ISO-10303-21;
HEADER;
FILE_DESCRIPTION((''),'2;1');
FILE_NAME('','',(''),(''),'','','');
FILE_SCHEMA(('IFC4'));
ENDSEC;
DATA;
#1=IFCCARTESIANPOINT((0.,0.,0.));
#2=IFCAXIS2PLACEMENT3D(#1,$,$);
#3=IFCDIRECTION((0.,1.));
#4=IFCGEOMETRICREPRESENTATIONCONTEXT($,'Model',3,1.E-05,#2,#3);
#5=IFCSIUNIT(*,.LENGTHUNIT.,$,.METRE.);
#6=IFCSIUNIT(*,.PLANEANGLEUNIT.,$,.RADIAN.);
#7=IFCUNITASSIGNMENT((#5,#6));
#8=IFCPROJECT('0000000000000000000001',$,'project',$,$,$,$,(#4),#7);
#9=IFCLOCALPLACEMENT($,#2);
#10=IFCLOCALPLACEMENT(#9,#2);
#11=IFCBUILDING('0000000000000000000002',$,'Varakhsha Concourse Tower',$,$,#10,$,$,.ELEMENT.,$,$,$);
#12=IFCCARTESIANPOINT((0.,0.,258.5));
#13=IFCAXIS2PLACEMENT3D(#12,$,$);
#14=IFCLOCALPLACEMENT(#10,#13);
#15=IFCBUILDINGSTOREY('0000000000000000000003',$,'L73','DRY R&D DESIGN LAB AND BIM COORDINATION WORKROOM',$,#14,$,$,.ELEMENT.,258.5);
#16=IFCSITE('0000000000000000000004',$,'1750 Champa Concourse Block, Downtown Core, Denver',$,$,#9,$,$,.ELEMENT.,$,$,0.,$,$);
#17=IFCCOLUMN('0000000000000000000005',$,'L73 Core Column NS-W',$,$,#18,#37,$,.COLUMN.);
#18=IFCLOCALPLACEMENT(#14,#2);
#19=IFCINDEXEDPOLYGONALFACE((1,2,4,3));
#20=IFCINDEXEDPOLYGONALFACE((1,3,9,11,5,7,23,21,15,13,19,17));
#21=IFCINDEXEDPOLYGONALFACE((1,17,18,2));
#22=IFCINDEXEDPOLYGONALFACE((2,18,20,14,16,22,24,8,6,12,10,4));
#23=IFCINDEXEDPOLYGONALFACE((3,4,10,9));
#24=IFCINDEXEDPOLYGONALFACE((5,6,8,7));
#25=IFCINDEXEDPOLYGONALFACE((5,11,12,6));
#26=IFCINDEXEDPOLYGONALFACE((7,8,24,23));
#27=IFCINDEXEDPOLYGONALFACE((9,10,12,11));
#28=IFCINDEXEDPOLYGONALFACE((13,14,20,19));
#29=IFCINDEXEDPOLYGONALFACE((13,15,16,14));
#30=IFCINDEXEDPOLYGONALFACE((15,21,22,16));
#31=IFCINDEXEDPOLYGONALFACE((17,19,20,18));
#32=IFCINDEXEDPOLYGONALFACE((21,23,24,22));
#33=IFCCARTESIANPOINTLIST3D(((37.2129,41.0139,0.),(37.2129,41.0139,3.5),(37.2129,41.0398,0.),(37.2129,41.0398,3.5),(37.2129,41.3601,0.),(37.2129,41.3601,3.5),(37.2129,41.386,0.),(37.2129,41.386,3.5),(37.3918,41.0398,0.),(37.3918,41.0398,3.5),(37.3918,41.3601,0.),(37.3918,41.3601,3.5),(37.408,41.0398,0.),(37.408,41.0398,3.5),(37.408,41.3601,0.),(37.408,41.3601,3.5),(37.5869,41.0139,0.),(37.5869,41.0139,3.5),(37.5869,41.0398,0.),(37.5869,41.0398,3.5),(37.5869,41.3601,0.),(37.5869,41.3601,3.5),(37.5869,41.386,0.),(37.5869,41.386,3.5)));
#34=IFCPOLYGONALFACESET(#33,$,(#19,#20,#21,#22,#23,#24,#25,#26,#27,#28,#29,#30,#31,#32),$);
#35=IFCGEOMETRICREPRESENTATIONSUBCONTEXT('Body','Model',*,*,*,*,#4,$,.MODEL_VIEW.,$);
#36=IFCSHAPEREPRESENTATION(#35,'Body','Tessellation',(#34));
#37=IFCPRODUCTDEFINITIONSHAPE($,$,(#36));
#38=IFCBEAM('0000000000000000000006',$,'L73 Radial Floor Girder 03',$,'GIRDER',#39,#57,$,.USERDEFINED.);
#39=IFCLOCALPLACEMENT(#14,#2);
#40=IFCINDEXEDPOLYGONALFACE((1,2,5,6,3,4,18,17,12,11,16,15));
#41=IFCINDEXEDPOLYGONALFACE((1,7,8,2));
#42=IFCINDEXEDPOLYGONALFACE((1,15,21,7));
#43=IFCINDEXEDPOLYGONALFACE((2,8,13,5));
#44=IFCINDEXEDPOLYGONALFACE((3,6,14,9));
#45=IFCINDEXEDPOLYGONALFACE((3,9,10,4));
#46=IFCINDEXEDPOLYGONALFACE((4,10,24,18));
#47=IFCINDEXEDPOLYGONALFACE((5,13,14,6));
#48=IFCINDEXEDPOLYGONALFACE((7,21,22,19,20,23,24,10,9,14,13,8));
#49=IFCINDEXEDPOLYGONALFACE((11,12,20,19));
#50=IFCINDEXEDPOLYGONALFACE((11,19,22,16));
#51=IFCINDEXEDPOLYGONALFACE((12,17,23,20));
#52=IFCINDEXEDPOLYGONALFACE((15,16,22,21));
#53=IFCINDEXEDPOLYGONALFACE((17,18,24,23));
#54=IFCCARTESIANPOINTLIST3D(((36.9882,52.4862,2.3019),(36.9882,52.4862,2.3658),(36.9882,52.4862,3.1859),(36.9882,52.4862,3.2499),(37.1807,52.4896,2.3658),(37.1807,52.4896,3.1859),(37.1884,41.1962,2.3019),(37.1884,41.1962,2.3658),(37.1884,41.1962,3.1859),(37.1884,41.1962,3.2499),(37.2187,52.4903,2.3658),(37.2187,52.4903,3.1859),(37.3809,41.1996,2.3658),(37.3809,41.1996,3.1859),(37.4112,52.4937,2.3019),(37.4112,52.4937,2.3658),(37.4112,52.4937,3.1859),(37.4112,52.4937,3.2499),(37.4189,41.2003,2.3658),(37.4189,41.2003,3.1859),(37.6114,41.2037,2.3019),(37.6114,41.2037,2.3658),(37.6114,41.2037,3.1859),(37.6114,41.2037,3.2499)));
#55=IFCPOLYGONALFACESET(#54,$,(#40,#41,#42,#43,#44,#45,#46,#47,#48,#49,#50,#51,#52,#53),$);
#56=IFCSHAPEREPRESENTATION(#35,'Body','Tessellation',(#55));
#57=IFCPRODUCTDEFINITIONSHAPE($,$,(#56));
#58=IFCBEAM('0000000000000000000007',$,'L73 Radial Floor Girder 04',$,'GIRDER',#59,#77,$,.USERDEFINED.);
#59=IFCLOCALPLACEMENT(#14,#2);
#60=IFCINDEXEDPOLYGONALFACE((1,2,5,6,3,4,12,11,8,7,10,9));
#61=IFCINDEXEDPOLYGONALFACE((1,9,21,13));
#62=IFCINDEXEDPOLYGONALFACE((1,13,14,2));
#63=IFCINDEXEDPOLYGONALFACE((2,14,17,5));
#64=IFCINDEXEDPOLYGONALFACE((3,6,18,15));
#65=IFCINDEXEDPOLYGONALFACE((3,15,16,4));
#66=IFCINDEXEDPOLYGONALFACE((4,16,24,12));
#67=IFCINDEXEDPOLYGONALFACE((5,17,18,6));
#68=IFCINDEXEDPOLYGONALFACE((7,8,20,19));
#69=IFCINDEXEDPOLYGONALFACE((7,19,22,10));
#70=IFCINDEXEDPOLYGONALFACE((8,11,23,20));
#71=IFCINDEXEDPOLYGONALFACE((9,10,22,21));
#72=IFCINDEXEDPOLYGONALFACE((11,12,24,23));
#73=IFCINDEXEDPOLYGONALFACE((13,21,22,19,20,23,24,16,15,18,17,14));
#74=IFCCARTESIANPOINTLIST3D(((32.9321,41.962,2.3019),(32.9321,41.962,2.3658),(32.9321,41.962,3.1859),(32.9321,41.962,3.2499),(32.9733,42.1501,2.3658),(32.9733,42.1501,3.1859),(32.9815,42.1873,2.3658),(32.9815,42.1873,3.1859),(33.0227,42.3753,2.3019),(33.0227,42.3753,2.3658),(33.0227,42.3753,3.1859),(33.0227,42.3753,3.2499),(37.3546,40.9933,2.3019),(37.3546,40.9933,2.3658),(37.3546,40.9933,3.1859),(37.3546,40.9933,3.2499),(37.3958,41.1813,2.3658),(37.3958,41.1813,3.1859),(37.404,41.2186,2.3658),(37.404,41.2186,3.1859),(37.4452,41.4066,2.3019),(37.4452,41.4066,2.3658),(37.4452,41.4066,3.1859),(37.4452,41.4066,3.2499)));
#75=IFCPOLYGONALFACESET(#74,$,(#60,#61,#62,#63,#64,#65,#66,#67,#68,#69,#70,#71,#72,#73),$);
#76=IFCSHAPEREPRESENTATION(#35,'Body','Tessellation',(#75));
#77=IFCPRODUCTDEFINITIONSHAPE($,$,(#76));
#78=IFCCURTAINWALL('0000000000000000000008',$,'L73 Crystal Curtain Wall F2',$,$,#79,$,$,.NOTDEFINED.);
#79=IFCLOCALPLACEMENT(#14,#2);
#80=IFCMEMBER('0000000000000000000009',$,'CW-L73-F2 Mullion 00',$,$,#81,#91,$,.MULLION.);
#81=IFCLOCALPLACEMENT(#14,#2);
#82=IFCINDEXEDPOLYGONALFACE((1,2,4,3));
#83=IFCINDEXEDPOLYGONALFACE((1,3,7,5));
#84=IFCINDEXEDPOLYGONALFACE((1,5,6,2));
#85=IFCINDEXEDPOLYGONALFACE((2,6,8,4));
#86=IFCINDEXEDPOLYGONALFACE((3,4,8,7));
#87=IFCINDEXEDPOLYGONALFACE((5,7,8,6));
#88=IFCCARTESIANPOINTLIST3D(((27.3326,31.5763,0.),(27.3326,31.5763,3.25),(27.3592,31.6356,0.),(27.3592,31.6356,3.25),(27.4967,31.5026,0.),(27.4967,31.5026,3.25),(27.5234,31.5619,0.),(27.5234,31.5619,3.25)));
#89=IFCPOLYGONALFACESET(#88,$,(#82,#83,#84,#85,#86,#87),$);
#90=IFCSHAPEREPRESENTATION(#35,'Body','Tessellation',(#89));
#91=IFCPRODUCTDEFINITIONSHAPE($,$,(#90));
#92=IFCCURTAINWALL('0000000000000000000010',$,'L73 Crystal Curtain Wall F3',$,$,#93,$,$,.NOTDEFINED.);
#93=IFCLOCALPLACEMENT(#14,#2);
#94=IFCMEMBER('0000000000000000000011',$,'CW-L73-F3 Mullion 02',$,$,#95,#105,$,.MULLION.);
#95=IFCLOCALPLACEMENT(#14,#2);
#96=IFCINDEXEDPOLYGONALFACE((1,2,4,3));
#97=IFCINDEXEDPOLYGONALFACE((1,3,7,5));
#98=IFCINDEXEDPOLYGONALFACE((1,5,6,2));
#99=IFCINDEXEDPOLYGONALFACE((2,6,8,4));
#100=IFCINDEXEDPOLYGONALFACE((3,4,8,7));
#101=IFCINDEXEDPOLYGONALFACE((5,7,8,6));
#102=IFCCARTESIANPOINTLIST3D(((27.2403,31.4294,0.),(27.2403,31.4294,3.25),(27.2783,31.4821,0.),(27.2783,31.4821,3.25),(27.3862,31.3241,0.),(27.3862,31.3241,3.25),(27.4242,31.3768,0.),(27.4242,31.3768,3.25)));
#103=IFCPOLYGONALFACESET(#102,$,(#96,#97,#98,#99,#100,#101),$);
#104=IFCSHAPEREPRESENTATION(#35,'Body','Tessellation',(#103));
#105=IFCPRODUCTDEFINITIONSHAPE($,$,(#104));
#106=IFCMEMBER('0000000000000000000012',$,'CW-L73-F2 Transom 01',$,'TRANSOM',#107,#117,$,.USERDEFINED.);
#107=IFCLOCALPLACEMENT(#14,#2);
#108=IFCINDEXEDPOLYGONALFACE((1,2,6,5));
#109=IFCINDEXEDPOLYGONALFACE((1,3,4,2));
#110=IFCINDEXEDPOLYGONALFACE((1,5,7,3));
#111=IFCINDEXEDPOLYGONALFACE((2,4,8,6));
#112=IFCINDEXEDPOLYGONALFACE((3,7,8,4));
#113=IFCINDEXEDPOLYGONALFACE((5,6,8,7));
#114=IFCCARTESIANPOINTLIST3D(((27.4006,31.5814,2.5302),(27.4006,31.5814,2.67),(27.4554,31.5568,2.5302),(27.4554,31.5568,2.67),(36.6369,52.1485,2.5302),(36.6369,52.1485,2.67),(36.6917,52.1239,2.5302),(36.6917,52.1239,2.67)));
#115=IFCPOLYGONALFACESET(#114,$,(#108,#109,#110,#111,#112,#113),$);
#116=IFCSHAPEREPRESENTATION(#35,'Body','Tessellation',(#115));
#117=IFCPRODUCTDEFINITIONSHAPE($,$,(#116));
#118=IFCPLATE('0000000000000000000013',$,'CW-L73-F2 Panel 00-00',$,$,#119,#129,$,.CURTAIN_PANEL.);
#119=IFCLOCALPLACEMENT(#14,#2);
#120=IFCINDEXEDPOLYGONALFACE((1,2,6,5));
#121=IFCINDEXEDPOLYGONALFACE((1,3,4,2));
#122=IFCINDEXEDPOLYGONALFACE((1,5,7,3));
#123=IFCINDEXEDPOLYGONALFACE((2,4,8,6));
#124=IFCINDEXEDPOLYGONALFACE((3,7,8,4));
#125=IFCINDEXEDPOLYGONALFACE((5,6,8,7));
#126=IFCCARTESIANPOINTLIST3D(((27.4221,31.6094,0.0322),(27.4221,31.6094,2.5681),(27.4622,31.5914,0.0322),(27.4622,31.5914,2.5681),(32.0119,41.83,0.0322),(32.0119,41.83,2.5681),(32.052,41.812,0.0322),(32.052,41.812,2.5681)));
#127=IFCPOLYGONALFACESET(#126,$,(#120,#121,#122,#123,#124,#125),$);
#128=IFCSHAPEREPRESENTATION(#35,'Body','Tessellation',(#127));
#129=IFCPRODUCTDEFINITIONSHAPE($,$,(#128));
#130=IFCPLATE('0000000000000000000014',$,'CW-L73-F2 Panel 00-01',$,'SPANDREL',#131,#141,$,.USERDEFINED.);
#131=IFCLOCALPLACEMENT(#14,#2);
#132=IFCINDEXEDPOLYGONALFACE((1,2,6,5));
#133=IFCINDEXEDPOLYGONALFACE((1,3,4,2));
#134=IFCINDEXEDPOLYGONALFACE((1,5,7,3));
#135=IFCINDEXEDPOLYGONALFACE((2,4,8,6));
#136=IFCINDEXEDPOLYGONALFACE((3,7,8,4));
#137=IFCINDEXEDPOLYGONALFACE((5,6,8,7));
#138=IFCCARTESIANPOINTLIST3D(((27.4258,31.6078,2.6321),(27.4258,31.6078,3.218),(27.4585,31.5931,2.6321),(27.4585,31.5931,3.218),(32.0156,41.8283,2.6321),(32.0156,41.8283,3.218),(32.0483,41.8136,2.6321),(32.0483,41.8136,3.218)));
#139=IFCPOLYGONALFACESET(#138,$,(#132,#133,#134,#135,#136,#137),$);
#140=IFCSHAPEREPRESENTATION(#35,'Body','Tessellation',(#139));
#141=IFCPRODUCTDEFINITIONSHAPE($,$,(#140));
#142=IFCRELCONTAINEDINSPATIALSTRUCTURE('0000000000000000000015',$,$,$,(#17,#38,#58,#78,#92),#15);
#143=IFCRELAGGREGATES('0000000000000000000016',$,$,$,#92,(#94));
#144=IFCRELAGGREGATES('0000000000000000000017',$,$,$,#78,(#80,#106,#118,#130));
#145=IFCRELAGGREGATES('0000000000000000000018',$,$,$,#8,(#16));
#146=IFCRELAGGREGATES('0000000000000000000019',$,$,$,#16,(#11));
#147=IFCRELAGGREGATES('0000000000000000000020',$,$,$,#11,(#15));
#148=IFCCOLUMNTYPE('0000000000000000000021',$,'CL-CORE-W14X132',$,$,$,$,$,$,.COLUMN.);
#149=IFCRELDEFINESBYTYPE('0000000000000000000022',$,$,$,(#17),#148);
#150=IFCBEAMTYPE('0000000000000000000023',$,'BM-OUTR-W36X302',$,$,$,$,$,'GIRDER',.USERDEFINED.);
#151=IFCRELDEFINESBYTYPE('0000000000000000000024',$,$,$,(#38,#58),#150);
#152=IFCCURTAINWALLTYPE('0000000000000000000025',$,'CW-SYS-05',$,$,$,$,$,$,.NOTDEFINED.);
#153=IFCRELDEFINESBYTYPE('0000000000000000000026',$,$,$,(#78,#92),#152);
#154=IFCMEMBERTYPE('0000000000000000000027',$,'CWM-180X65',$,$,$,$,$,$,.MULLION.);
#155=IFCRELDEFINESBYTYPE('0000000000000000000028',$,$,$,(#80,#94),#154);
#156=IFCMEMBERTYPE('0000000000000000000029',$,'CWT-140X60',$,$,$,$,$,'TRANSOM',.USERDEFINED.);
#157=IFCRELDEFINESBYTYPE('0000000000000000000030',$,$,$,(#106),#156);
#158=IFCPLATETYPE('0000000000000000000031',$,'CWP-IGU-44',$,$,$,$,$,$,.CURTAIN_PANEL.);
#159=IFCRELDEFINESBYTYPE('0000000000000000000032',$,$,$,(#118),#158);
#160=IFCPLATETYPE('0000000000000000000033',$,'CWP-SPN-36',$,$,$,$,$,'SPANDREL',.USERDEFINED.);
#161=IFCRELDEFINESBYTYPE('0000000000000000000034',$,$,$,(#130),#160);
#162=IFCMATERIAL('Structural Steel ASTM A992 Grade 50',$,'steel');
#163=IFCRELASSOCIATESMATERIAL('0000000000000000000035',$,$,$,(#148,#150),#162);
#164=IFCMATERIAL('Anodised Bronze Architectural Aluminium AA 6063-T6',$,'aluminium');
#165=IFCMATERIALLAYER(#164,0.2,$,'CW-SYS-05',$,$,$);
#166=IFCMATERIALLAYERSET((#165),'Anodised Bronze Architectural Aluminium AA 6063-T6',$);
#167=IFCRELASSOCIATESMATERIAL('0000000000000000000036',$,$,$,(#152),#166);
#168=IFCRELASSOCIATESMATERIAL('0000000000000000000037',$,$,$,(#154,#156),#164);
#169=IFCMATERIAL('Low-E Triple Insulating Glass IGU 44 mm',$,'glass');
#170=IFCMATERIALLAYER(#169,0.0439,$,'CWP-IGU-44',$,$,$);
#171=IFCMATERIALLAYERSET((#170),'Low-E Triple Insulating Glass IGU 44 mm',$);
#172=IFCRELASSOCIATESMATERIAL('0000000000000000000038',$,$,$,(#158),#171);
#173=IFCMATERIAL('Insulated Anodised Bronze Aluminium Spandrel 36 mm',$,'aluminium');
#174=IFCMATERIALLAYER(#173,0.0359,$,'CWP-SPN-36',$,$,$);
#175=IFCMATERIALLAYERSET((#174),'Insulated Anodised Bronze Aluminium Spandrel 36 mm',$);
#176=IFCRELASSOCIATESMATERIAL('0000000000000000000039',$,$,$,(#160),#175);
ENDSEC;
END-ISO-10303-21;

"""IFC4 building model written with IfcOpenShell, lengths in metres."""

from ifc_helpers import new_model, si_unit, direction, frame, origin, origin_2d, place, context, subcontext, project, spatial, rectangle, i_section, extrude, source, transform, mapped, material, layer, layer_set, material_profile, profile_set, type_object, type_shapes, element, aggregate, save


model = new_model("IFC4")

# Units and contexts
model_context = context("Model", 3, precision=1e-05, world=origin(), true_north=direction((0.0, 1.0)))
body_context = subcontext(model_context, "Body", "Model", "MODEL_VIEW")
ifc_project = project(units=[si_unit("LENGTHUNIT", "METRE"), si_unit("PLANEANGLEUNIT", "RADIAN")], contexts=[model_context])

# Site, building, storey
site_placement = place(None, origin())
site = spatial("IfcSite", under=ifc_project, at=site_placement, Name="1750 Champa Concourse Block, Downtown Core, Denver", CompositionType="ELEMENT", RefElevation=0.0)
building_placement = place(site_placement, origin())
building = spatial("IfcBuilding", under=site, at=building_placement, Name="Varakhsha Concourse Tower", CompositionType="ELEMENT")
storey_placement = place(building_placement, frame((0.0, 0.0, 258.5)))
storey = spatial("IfcBuildingStorey", under=building, at=storey_placement, Name="L73", Description="DRY R&D DESIGN LAB AND BIM COORDINATION WORKROOM", CompositionType="ELEMENT", Elevation=258.5)

# Column
ifc_material_1 = material(Name="Structural Steel ASTM A992 Grade 50", Category="steel")
ifc_material_profile_1 = material_profile(ifc_material_1, i_section(OverallWidth=0.374, OverallDepth=0.3721, WebThickness=0.0161, FlangeThickness=0.0259, at=origin_2d()), Name="W14X132")
ifc_profile_set_1 = profile_set([ifc_material_profile_1], Name="Structural Steel ASTM A992 Grade 50")
column_type = type_object("IfcColumnType", Name="CL-CORE-W14X132", PredefinedType="COLUMN", material=ifc_profile_set_1)
column_placement = place(storey_placement, frame((37.3999, 41.2, 0.0), z_axis=(0.0, 0.0, 1.0), x_axis=(1.0, 0.0, 0.0)))
element("IfcColumn", 1, at=column_placement, inside=storey, type_object=column_type, Name="L73 Core Column NS-W", PredefinedType="COLUMN", context=body_context, shape_type="SweptSolid", body=[
    extrude(i_section(OverallWidth=0.374, OverallDepth=0.3721, WebThickness=0.0161, FlangeThickness=0.0259, at=origin_2d()), origin(), (0.0, 0.0, 1.0), 3.5),
])

# Beams
ifc_material_profile_2 = material_profile(ifc_material_1, i_section(OverallWidth=0.4231, OverallDepth=0.948, WebThickness=0.0381, FlangeThickness=0.064, at=origin_2d()), Name="W36X302")
ifc_profile_set_2 = profile_set([ifc_material_profile_2], Name="Structural Steel ASTM A992 Grade 50")
beam_type = type_object("IfcBeamType", Name="BM-OUTR-W36X302", ElementType="GIRDER", PredefinedType="USERDEFINED", material=ifc_profile_set_2)
beam_1_placement = place(storey_placement, frame((37.3999, 41.2, 2.7759), z_axis=(-0.017729, 0.999843, 0.0), x_axis=(-0.999843, -0.017729, 0.0)))
element("IfcBeam", 2, at=beam_1_placement, inside=storey, type_object=beam_type, Name="L73 Radial Floor Girder 03", ObjectType="GIRDER", PredefinedType="USERDEFINED", context=body_context, shape_type="SweptSolid", body=[
    extrude(i_section(OverallWidth=0.4231, OverallDepth=0.948, WebThickness=0.0381, FlangeThickness=0.064, at=origin_2d()), origin(), (0.0, 0.0, 1.0), 11.2917),
])
beam_2_placement = place(storey_placement, frame((37.3999, 41.2, 2.7759), z_axis=(-0.97684, 0.213972, 0.0), x_axis=(-0.213972, -0.97684, 0.0)))
element("IfcBeam", 3, at=beam_2_placement, inside=storey, type_object=beam_type, Name="L73 Radial Floor Girder 04", ObjectType="GIRDER", PredefinedType="USERDEFINED", context=body_context, shape_type="SweptSolid", body=[
    extrude(i_section(OverallWidth=0.4231, OverallDepth=0.948, WebThickness=0.0381, FlangeThickness=0.064, at=origin_2d()), origin(), (0.0, 0.0, 1.0), 4.5273),
])

# Curtain walls, members
ifc_material_2 = material(Name="Anodised Bronze Architectural Aluminium AA 6063-T6", Category="aluminium")
ifc_layer_1 = layer(ifc_material_2, 0.2, Name="CW-SYS-05")
ifc_layer_set_1 = layer_set([ifc_layer_1], Name="Anodised Bronze Architectural Aluminium AA 6063-T6")
curtain_wall_type = type_object("IfcCurtainWallType", Name="CW-SYS-05", PredefinedType="NOTDEFINED", material=ifc_layer_set_1)
curtain_wall_1_placement = place(storey_placement, origin())
curtain_wall_1 = element("IfcCurtainWall", 4, at=curtain_wall_1_placement, inside=storey, type_object=curtain_wall_type, Name="L73 Crystal Curtain Wall F2", PredefinedType="NOTDEFINED")
ifc_material_profile_3 = material_profile(ifc_material_2, rectangle(XDim=0.0649, YDim=0.1799, at=origin_2d()), Name="CWM-180X65")
ifc_profile_set_3 = profile_set([ifc_material_profile_3], Name="Anodised Bronze Architectural Aluminium AA 6063-T6")
member_type_1 = type_object("IfcMemberType", Name="CWM-180X65", PredefinedType="MULLION", material=ifc_profile_set_3)
shared_shape_1 = source(origin(), body_context, "Body", "SweptSolid", [
    extrude(rectangle(XDim=0.0649, YDim=0.1799, at=origin_2d()), origin(), (0.0, 0.0, 1.0), 3.25),
])
type_shapes(member_type_1, [shared_shape_1])
member_1_placement = place(storey_placement, frame((27.428, 31.5691, 0.0), z_axis=(0.0, 0.0, 1.0), x_axis=(0.409662, 0.912237, 0.0)))
member_1 = element("IfcMember", 5, at=member_1_placement, type_object=member_type_1, Name="CW-L73-F2 Mullion 00", PredefinedType="MULLION", context=body_context, shape_type="MappedRepresentation", body=[
    mapped(shared_shape_1, transform((0.0, 0.0, 0.0), scale=1.0)),
])
curtain_wall_2_placement = place(storey_placement, origin())
curtain_wall_2 = element("IfcCurtainWall", 6, at=curtain_wall_2_placement, inside=storey, type_object=curtain_wall_type, Name="L73 Crystal Curtain Wall F3", PredefinedType="NOTDEFINED")
member_2_placement = place(storey_placement, frame((27.3323, 31.4031, 0.0), z_axis=(0.0, 0.0, 1.0), x_axis=(0.585188, 0.810897, 0.0)))
member_2 = element("IfcMember", 7, at=member_2_placement, type_object=member_type_1, Name="CW-L73-F3 Mullion 02", PredefinedType="MULLION", context=body_context, shape_type="MappedRepresentation", body=[
    mapped(shared_shape_1, transform((0.0, 0.0, 0.0), scale=1.0)),
])
aggregate(curtain_wall_2, [member_2])

# Member
ifc_material_profile_4 = material_profile(ifc_material_2, rectangle(XDim=0.0601, YDim=0.1399, at=origin_2d()), Name="CWT-140X60")
ifc_profile_set_4 = profile_set([ifc_material_profile_4], Name="Anodised Bronze Architectural Aluminium AA 6063-T6")
member_type_2 = type_object("IfcMemberType", Name="CWT-140X60", ElementType="TRANSOM", PredefinedType="USERDEFINED", material=ifc_profile_set_4)
shared_shape_2 = source(origin(), body_context, "Body", "SweptSolid", [
    extrude(rectangle(XDim=0.0601, YDim=0.1399, at=origin_2d()), origin(), (0.0, 0.0, 1.0), 22.5459),
])
type_shapes(member_type_2, [shared_shape_2])
member_3_placement = place(storey_placement, frame((27.428, 31.5691, 2.6001), z_axis=(0.409668, 0.912235, 0.0), x_axis=(-0.912235, 0.409668, 0.0)))
member_3 = element("IfcMember", 8, at=member_3_placement, type_object=member_type_2, Name="CW-L73-F2 Transom 01", ObjectType="TRANSOM", PredefinedType="USERDEFINED", context=body_context, shape_type="MappedRepresentation", body=[
    mapped(shared_shape_2, transform((0.0, 0.0, 0.0), scale=1.0)),
])

# Plates
ifc_material_3 = material(Name="Low-E Triple Insulating Glass IGU 44 mm", Category="glass")
ifc_layer_2 = layer(ifc_material_3, 0.0439, Name="CWP-IGU-44")
ifc_layer_set_2 = layer_set([ifc_layer_2], Name="Low-E Triple Insulating Glass IGU 44 mm")
plate_type_1 = type_object("IfcPlateType", Name="CWP-IGU-44", PredefinedType="CURTAIN_PANEL", material=ifc_layer_set_2)
shared_shape_3 = source(origin(), body_context, "Body", "SweptSolid", [
    extrude(rectangle(XDim=11.2039, YDim=0.0439, at=origin_2d()), origin(), (0.0, 0.0, 1.0), 2.5359),
])
type_shapes(plate_type_1, [shared_shape_3])
plate_1_placement = place(storey_placement, frame((29.7371, 36.7107, 0.0322), z_axis=(0.0, 0.0, 1.0), x_axis=(0.409662, 0.912237, 0.0)))
plate_1 = element("IfcPlate", 9, at=plate_1_placement, type_object=plate_type_1, Name="CW-L73-F2 Panel 00-00", PredefinedType="CURTAIN_PANEL", context=body_context, shape_type="MappedRepresentation", body=[
    mapped(shared_shape_3, transform((0.0, 0.0, 0.0), scale=1.0)),
])
ifc_material_4 = material(Name="Insulated Anodised Bronze Aluminium Spandrel 36 mm", Category="aluminium")
ifc_layer_3 = layer(ifc_material_4, 0.0359, Name="CWP-SPN-36")
ifc_layer_set_3 = layer_set([ifc_layer_3], Name="Insulated Anodised Bronze Aluminium Spandrel 36 mm")
plate_type_2 = type_object("IfcPlateType", Name="CWP-SPN-36", ElementType="SPANDREL", PredefinedType="USERDEFINED", material=ifc_layer_set_3)
shared_shape_4 = source(origin(), body_context, "Body", "SweptSolid", [
    extrude(rectangle(XDim=11.2039, YDim=0.0359, at=origin_2d()), origin(), (0.0, 0.0, 1.0), 0.5859),
])
type_shapes(plate_type_2, [shared_shape_4])
plate_2_placement = place(storey_placement, frame((29.7371, 36.7107, 2.6321), z_axis=(0.0, 0.0, 1.0), x_axis=(0.409662, 0.912237, 0.0)))
plate_2 = element("IfcPlate", 10, at=plate_2_placement, type_object=plate_type_2, Name="CW-L73-F2 Panel 00-01", ObjectType="SPANDREL", PredefinedType="USERDEFINED", context=body_context, shape_type="MappedRepresentation", body=[
    mapped(shared_shape_4, transform((0.0, 0.0, 0.0), scale=1.0)),
])
aggregate(curtain_wall_1, [member_1, member_3, plate_1, plate_2])

save(model, "model.ifc")
